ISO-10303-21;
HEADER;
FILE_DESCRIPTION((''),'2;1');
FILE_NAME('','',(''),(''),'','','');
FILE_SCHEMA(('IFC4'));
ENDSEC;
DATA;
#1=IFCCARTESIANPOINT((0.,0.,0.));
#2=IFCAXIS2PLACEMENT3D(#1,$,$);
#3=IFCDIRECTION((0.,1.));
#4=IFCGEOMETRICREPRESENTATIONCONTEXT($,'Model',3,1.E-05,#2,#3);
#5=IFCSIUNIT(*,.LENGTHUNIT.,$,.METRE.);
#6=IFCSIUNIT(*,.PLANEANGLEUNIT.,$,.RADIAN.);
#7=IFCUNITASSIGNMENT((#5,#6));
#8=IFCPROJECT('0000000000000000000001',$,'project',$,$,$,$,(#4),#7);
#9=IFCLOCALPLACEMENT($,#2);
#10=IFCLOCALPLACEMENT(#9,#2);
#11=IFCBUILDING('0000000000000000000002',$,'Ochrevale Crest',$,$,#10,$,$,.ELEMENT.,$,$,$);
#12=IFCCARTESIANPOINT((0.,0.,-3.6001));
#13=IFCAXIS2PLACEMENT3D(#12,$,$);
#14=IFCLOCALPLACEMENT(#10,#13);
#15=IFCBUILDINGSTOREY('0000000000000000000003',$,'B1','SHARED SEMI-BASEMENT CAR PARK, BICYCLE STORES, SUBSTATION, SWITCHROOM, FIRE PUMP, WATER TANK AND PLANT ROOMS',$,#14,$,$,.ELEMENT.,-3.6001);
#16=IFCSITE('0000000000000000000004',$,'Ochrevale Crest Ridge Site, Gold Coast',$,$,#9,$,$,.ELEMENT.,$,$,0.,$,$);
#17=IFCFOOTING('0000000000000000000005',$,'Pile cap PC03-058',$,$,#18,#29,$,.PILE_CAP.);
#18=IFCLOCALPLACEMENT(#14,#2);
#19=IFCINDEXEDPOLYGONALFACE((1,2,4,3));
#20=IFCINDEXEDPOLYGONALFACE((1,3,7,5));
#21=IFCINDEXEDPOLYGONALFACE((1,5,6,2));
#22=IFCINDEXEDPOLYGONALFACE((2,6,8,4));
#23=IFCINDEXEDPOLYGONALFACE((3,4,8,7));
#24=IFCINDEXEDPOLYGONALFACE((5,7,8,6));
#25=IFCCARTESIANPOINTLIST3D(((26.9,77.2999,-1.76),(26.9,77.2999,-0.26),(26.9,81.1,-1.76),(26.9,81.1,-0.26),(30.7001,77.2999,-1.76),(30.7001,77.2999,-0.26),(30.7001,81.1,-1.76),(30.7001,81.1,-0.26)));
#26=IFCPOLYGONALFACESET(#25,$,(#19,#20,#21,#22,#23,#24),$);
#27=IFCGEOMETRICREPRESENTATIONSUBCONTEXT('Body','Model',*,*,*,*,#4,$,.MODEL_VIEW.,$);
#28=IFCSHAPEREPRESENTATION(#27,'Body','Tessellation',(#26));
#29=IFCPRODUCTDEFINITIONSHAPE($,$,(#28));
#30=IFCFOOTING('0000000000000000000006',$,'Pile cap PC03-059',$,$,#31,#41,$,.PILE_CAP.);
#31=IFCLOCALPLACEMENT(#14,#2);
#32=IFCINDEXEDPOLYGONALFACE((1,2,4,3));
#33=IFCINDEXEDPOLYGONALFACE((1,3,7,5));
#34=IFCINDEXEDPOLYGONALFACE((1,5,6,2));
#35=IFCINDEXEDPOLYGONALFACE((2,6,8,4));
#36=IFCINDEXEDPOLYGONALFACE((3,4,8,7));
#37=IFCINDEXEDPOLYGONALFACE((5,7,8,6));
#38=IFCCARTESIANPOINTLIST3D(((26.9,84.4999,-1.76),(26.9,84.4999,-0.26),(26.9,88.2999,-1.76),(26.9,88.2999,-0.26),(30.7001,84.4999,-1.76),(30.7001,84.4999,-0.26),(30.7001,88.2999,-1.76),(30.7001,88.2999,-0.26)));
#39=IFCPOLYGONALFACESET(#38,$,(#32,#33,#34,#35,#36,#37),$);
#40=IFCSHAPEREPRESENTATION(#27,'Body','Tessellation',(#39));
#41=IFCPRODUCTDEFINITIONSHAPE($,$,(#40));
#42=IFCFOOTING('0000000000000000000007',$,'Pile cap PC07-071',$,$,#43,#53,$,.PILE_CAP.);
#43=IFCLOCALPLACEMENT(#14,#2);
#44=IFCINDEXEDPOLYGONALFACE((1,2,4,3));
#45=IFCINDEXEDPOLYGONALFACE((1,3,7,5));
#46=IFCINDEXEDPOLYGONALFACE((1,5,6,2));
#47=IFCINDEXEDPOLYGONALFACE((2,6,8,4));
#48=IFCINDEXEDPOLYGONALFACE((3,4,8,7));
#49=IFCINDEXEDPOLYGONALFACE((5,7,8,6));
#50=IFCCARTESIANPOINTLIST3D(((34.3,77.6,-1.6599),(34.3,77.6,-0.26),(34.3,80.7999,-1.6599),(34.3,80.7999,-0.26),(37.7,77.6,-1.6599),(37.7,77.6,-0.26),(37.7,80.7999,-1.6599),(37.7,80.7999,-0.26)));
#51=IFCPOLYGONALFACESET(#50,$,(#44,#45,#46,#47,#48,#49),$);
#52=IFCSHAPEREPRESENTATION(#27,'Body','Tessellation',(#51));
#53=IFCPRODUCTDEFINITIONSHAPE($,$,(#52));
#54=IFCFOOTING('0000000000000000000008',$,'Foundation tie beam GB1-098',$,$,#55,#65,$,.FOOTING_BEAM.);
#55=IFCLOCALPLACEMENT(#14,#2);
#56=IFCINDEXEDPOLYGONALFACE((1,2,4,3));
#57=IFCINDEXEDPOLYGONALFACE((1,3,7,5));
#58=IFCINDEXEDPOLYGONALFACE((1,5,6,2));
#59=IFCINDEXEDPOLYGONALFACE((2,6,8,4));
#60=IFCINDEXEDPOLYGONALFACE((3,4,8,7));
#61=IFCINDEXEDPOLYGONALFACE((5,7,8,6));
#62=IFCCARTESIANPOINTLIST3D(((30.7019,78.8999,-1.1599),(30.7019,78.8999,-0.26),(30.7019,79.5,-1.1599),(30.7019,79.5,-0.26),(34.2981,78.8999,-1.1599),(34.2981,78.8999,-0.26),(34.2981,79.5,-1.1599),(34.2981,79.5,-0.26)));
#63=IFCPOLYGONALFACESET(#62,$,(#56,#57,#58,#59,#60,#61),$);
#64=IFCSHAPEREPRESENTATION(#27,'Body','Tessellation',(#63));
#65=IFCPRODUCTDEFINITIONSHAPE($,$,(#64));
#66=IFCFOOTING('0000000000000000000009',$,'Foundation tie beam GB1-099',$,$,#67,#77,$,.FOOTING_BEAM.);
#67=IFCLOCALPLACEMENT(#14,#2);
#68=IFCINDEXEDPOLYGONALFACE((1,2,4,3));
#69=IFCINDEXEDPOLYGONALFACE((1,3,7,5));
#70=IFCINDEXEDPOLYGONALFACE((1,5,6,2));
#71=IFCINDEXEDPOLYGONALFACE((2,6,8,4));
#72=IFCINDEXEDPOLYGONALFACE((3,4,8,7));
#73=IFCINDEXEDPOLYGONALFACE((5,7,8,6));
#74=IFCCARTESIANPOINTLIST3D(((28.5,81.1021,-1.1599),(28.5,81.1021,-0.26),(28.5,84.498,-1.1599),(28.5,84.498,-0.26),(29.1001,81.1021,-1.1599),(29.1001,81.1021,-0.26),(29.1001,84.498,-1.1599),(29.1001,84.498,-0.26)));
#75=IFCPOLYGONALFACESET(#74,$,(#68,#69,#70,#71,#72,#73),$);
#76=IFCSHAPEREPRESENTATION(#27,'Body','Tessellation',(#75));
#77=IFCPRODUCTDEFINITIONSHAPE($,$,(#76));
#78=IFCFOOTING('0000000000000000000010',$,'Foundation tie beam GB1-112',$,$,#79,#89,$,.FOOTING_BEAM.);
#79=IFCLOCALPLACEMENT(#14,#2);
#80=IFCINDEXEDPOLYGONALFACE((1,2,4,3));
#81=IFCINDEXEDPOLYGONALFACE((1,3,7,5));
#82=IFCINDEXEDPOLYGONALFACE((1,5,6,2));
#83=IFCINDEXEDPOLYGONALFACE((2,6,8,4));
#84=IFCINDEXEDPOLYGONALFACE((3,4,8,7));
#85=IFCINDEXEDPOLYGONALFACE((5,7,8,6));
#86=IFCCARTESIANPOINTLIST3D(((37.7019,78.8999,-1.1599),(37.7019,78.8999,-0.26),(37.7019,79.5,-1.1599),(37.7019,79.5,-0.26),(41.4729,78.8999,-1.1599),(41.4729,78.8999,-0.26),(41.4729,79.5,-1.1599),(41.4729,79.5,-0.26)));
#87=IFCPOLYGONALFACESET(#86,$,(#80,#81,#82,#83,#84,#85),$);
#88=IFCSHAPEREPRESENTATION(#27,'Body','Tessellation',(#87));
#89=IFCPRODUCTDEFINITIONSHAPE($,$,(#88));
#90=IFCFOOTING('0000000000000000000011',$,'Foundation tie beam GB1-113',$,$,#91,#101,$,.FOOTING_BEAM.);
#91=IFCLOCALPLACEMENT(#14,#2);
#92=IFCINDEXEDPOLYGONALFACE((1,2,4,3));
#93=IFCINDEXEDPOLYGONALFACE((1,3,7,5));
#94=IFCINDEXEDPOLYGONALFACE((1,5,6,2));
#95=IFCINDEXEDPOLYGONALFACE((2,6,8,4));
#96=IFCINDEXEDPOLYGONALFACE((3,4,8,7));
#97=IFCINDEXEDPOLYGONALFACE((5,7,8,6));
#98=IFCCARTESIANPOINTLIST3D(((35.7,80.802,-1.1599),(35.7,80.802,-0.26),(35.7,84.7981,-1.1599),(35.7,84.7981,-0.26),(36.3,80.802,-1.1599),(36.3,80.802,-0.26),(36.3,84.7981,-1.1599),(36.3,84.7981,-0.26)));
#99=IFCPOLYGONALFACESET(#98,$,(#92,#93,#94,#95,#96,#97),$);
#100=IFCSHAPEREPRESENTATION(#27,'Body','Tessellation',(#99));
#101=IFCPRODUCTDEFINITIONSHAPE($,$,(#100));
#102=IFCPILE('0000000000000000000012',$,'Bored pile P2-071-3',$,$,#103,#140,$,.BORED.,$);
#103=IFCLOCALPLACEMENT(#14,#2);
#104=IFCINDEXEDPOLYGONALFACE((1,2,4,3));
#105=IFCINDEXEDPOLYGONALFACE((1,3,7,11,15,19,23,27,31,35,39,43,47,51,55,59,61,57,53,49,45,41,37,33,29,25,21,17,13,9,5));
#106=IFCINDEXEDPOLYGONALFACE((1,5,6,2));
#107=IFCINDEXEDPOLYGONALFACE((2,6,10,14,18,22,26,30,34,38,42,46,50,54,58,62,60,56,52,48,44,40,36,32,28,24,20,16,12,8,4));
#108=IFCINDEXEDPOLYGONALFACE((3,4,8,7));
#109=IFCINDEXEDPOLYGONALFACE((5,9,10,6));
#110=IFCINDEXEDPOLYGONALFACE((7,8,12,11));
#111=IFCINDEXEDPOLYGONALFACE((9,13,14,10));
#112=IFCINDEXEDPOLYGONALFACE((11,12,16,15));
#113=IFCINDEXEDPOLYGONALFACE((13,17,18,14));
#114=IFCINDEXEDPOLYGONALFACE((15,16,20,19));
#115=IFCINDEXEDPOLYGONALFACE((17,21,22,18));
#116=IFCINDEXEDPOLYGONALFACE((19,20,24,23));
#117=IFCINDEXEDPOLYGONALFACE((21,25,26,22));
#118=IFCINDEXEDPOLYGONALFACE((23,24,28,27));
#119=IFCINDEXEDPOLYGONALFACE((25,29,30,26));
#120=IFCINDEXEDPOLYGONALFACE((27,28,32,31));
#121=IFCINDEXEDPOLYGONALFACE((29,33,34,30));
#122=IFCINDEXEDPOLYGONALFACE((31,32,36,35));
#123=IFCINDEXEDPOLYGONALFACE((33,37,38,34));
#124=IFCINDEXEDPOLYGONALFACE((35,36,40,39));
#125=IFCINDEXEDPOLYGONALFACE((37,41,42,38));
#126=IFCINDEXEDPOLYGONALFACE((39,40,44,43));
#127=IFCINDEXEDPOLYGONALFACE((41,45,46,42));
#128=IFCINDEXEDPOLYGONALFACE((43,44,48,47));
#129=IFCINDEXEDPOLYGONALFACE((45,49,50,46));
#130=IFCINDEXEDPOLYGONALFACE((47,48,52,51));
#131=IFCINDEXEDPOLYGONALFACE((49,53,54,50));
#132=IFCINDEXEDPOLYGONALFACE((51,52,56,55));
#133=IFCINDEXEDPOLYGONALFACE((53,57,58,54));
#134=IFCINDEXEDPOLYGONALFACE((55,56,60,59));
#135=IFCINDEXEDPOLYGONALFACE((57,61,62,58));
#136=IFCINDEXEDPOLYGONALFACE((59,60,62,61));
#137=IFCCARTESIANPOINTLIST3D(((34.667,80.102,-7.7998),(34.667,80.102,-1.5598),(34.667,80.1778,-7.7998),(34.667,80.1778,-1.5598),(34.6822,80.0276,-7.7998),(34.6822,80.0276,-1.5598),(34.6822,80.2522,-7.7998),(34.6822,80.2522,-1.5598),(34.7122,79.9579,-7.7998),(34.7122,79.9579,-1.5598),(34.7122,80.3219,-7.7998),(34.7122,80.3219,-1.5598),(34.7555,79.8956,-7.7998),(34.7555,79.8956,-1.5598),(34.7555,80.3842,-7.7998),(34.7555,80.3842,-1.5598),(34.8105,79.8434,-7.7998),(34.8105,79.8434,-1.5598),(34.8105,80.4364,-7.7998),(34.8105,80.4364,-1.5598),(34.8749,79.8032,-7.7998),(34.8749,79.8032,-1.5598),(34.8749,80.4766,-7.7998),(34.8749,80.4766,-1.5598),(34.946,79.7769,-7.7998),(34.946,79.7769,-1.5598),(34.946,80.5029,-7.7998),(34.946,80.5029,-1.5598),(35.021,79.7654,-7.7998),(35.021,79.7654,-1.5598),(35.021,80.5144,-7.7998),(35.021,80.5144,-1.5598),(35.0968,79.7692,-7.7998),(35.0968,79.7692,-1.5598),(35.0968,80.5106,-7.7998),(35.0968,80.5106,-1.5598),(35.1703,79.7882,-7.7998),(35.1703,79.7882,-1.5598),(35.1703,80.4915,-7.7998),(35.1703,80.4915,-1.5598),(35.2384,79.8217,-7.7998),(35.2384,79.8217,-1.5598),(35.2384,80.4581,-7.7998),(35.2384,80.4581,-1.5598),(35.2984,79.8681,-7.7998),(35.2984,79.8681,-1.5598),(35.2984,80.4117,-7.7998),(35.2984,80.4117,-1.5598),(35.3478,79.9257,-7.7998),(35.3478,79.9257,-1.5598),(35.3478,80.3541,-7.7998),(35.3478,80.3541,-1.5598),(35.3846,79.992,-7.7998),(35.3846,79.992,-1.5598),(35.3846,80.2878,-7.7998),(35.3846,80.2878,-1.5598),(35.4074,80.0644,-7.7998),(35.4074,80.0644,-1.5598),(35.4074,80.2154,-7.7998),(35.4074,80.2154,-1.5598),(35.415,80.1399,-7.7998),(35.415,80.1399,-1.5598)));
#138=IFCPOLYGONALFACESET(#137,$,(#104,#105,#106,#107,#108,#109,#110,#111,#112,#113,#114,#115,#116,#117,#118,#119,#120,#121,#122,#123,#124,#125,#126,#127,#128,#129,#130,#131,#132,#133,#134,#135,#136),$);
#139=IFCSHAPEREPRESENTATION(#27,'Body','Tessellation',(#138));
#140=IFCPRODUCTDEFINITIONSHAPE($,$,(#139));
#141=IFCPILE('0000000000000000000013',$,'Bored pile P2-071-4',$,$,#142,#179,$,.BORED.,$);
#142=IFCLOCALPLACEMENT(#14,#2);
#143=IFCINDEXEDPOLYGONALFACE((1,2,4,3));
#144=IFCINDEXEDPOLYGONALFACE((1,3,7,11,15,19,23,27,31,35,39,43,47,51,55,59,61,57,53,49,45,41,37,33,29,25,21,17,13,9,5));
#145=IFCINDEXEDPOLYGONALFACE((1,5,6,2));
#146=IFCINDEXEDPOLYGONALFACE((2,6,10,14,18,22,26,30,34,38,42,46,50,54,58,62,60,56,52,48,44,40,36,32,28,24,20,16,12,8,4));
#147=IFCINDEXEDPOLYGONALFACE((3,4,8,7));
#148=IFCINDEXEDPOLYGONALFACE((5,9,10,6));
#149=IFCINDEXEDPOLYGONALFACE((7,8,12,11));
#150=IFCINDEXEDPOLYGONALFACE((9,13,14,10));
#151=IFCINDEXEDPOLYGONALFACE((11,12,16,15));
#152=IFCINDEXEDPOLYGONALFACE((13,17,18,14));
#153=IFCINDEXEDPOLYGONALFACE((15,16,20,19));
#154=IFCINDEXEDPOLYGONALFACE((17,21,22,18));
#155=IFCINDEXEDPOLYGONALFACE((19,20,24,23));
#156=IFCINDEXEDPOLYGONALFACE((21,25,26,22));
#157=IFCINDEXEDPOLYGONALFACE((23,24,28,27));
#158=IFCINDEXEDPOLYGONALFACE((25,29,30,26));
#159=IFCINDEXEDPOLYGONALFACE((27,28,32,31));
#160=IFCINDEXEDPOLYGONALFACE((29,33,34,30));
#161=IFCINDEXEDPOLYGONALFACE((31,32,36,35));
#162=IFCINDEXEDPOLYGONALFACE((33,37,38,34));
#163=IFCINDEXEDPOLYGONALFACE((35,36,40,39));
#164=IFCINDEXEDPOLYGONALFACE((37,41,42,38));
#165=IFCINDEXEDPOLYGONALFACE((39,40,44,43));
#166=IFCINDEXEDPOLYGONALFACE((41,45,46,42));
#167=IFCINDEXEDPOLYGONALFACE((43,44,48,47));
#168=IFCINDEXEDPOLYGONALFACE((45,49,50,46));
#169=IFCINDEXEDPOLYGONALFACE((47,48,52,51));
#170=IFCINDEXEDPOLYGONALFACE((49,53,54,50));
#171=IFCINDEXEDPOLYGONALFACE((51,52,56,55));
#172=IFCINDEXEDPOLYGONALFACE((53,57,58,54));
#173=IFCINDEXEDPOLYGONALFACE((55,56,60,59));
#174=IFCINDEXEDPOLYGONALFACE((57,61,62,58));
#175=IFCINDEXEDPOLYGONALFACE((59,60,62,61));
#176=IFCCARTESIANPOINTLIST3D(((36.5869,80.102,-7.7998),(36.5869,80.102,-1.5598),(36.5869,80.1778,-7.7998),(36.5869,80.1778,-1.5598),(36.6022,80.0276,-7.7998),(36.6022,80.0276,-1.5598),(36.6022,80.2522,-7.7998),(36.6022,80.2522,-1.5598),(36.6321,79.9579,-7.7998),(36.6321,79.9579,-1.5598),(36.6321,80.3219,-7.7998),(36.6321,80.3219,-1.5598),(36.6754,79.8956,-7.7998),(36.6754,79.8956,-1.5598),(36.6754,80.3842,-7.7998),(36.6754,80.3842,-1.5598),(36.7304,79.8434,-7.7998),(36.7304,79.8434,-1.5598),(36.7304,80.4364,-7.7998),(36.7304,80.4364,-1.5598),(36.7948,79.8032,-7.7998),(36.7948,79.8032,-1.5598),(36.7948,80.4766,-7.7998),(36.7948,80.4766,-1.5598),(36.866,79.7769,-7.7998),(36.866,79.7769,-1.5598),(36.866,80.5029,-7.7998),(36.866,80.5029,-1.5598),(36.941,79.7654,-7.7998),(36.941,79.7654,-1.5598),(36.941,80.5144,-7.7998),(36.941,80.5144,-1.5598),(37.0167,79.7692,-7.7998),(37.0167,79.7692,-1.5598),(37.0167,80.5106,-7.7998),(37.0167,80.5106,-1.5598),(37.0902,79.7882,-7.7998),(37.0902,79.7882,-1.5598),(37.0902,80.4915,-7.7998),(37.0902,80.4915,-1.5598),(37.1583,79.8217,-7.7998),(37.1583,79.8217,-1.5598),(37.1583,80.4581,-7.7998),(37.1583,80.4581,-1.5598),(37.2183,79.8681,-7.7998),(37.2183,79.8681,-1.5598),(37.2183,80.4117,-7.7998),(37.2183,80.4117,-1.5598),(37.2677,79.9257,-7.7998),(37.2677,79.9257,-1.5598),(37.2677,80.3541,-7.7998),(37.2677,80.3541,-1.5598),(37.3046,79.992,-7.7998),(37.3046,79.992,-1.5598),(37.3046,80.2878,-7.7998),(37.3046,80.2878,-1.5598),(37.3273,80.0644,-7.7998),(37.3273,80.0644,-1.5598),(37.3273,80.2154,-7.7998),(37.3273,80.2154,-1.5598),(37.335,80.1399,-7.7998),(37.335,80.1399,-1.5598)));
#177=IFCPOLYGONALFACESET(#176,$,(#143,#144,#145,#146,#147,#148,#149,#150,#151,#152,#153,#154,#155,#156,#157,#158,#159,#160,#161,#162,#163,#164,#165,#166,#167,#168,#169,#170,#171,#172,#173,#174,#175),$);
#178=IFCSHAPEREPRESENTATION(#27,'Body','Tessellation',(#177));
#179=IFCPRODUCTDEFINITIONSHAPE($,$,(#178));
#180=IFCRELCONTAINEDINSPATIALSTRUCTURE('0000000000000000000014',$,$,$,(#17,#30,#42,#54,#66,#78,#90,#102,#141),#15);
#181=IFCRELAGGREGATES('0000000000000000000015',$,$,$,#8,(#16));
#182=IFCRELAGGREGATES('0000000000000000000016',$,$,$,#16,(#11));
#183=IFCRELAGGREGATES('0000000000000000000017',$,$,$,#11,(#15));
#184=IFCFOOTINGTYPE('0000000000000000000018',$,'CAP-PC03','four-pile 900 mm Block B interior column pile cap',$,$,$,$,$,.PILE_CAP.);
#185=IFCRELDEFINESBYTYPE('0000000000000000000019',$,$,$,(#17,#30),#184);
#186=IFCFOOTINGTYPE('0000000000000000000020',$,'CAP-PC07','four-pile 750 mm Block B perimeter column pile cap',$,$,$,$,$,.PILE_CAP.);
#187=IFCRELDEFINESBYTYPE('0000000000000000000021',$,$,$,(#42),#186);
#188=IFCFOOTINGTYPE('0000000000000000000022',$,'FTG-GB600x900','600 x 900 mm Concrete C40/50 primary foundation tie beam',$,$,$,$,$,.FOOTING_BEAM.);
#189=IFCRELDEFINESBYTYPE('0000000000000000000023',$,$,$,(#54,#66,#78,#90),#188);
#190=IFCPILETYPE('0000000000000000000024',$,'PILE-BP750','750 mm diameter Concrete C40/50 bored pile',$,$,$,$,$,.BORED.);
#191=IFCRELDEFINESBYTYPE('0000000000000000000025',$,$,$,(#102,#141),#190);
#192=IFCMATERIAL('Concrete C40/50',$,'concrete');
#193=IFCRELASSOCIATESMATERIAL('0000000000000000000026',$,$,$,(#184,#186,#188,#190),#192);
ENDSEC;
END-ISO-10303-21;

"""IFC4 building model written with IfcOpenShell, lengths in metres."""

from ifc_helpers import new_model, si_unit, direction, frame, origin, origin_2d, place, context, subcontext, project, spatial, rectangle, circle, extrude, material, material_profile, profile_set, type_object, element, save


model = new_model("IFC4")

# Units and contexts
model_context = context("Model", 3, precision=1e-05, world=origin(), true_north=direction((0.0, 1.0)))
body_context = subcontext(model_context, "Body", "Model", "MODEL_VIEW")
ifc_project = project(units=[si_unit("LENGTHUNIT", "METRE"), si_unit("PLANEANGLEUNIT", "RADIAN")], contexts=[model_context])

# Site, building, storey
site_placement = place(None, origin())
site = spatial("IfcSite", under=ifc_project, at=site_placement, Name="Ochrevale Crest Ridge Site, Gold Coast", CompositionType="ELEMENT", RefElevation=0.0)
building_placement = place(site_placement, origin())
building = spatial("IfcBuilding", under=site, at=building_placement, Name="Ochrevale Crest", CompositionType="ELEMENT")
storey_placement = place(building_placement, frame((0.0, 0.0, -3.6001)))
storey = spatial("IfcBuildingStorey", under=building, at=storey_placement, Name="B1", Description="SHARED SEMI-BASEMENT CAR PARK, BICYCLE STORES, SUBSTATION, SWITCHROOM, FIRE PUMP, WATER TANK AND PLANT ROOMS", CompositionType="ELEMENT", Elevation=-3.6001)

# Footings
ifc_material_1 = material(Name="Concrete C40/50", Category="concrete")
footing_type_1 = type_object("IfcFootingType", Name="CAP-PC03", Description="four-pile 900 mm Block B interior column pile cap", PredefinedType="PILE_CAP", material=ifc_material_1)
for number, where, z_axis, x_axis, name in (
    (1, (28.8, 79.2, -1.76), (0.0, 0.0, 1.0), (1.0, 0.0, 0.0), "Pile cap PC03-058"),
    (2, (28.8, 86.3999, -1.76), (0.0, 0.0, 1.0), (1.0, 0.0, 0.0), "Pile cap PC03-059"),
):
    element("IfcFooting", number, at=place(storey_placement, frame(where, z_axis=z_axis, x_axis=x_axis)), inside=storey, type_object=footing_type_1, Name=name, PredefinedType="PILE_CAP", context=body_context, shape_type="SweptSolid", body=[
        extrude(rectangle(XDim=3.8, YDim=3.8, at=origin_2d()), origin(), (0.0, 0.0, 1.0), 1.5),
    ])
footing_type_2 = type_object("IfcFootingType", Name="CAP-PC07", Description="four-pile 750 mm Block B perimeter column pile cap", PredefinedType="PILE_CAP", material=ifc_material_1)
footing_1_placement = place(storey_placement, frame((36.0, 79.2, -1.6599), z_axis=(0.0, 0.0, 1.0), x_axis=(1.0, 0.0, 0.0)))
element("IfcFooting", 3, at=footing_1_placement, inside=storey, type_object=footing_type_2, Name="Pile cap PC07-071", PredefinedType="PILE_CAP", context=body_context, shape_type="SweptSolid", body=[
    extrude(rectangle(XDim=3.3999, YDim=3.2, at=origin_2d()), origin(), (0.0, 0.0, 1.0), 1.3999),
])
ifc_material_profile_1 = material_profile(ifc_material_1, rectangle(XDim=0.6001, YDim=0.8999, at=origin_2d()), Name="GB 600x900")
ifc_profile_set_1 = profile_set([ifc_material_profile_1], Name="Concrete C40/50")
footing_type_3 = type_object("IfcFootingType", Name="FTG-GB600x900", Description="600 x 900 mm Concrete C40/50 primary foundation tie beam", PredefinedType="FOOTING_BEAM", material=ifc_profile_set_1)
footing_2_placement = place(storey_placement, frame((30.7019, 79.2, -0.71), z_axis=(1.0, 0.0, 0.0), x_axis=(0.0, 1.0, 0.0)))
element("IfcFooting", 4, at=footing_2_placement, inside=storey, type_object=footing_type_3, Name="Foundation tie beam GB1-098", PredefinedType="FOOTING_BEAM", context=body_context, shape_type="SweptSolid", body=[
    extrude(rectangle(XDim=0.6001, YDim=0.8999, at=origin_2d()), origin(), (0.0, 0.0, 1.0), 3.5962),
])
footing_3_placement = place(storey_placement, frame((28.8, 81.1021, -0.71), z_axis=(0.0, 1.0, 0.0), x_axis=(-1.0, 0.0, 0.0)))
element("IfcFooting", 5, at=footing_3_placement, inside=storey, type_object=footing_type_3, Name="Foundation tie beam GB1-099", PredefinedType="FOOTING_BEAM", context=body_context, shape_type="SweptSolid", body=[
    extrude(rectangle(XDim=0.6001, YDim=0.8999, at=origin_2d()), origin(), (0.0, 0.0, 1.0), 3.396),
])
footing_4_placement = place(storey_placement, frame((37.7019, 79.2, -0.71), z_axis=(1.0, 0.0, 0.0), x_axis=(0.0, 1.0, 0.0)))
element("IfcFooting", 6, at=footing_4_placement, inside=storey, type_object=footing_type_3, Name="Foundation tie beam GB1-112", PredefinedType="FOOTING_BEAM", context=body_context, shape_type="SweptSolid", body=[
    extrude(rectangle(XDim=0.6001, YDim=0.8999, at=origin_2d()), origin(), (0.0, 0.0, 1.0), 3.771),
])
footing_5_placement = place(storey_placement, frame((36.0, 80.802, -0.71), z_axis=(0.0, 1.0, 0.0), x_axis=(-1.0, 0.0, 0.0)))
element("IfcFooting", 7, at=footing_5_placement, inside=storey, type_object=footing_type_3, Name="Foundation tie beam GB1-113", PredefinedType="FOOTING_BEAM", context=body_context, shape_type="SweptSolid", body=[
    extrude(rectangle(XDim=0.6001, YDim=0.8999, at=origin_2d()), origin(), (0.0, 0.0, 1.0), 3.9961),
])

# Piles
ifc_material_profile_2 = material_profile(ifc_material_1, circle(Radius=0.375, at=origin_2d()), Name="BORED PILE 750")
ifc_profile_set_2 = profile_set([ifc_material_profile_2], Name="Concrete C40/50")
pile_type_1 = type_object("IfcPileType", Name="PILE-BP750", Description="750 mm diameter Concrete C40/50 bored pile", PredefinedType="BORED", material=ifc_profile_set_2)
for number, where, z_axis, x_axis, name in (
    (8, (35.04, 80.1399, -1.5598), (0.0, 0.0, -1.0), (1.0, 0.0, 0.0), "Bored pile P2-071-3"),
    (9, (36.96, 80.1399, -1.5598), (0.0, 0.0, -1.0), (1.0, 0.0, 0.0), "Bored pile P2-071-4"),
):
    element("IfcPile", number, at=place(storey_placement, frame(where, z_axis=z_axis, x_axis=x_axis)), inside=storey, type_object=pile_type_1, Name=name, PredefinedType="BORED", context=body_context, shape_type="SweptSolid", body=[
        extrude(circle(Radius=0.375, at=origin_2d()), origin(), (0.0, 0.0, 1.0), 6.24),
    ])

save(model, "model.ifc")
